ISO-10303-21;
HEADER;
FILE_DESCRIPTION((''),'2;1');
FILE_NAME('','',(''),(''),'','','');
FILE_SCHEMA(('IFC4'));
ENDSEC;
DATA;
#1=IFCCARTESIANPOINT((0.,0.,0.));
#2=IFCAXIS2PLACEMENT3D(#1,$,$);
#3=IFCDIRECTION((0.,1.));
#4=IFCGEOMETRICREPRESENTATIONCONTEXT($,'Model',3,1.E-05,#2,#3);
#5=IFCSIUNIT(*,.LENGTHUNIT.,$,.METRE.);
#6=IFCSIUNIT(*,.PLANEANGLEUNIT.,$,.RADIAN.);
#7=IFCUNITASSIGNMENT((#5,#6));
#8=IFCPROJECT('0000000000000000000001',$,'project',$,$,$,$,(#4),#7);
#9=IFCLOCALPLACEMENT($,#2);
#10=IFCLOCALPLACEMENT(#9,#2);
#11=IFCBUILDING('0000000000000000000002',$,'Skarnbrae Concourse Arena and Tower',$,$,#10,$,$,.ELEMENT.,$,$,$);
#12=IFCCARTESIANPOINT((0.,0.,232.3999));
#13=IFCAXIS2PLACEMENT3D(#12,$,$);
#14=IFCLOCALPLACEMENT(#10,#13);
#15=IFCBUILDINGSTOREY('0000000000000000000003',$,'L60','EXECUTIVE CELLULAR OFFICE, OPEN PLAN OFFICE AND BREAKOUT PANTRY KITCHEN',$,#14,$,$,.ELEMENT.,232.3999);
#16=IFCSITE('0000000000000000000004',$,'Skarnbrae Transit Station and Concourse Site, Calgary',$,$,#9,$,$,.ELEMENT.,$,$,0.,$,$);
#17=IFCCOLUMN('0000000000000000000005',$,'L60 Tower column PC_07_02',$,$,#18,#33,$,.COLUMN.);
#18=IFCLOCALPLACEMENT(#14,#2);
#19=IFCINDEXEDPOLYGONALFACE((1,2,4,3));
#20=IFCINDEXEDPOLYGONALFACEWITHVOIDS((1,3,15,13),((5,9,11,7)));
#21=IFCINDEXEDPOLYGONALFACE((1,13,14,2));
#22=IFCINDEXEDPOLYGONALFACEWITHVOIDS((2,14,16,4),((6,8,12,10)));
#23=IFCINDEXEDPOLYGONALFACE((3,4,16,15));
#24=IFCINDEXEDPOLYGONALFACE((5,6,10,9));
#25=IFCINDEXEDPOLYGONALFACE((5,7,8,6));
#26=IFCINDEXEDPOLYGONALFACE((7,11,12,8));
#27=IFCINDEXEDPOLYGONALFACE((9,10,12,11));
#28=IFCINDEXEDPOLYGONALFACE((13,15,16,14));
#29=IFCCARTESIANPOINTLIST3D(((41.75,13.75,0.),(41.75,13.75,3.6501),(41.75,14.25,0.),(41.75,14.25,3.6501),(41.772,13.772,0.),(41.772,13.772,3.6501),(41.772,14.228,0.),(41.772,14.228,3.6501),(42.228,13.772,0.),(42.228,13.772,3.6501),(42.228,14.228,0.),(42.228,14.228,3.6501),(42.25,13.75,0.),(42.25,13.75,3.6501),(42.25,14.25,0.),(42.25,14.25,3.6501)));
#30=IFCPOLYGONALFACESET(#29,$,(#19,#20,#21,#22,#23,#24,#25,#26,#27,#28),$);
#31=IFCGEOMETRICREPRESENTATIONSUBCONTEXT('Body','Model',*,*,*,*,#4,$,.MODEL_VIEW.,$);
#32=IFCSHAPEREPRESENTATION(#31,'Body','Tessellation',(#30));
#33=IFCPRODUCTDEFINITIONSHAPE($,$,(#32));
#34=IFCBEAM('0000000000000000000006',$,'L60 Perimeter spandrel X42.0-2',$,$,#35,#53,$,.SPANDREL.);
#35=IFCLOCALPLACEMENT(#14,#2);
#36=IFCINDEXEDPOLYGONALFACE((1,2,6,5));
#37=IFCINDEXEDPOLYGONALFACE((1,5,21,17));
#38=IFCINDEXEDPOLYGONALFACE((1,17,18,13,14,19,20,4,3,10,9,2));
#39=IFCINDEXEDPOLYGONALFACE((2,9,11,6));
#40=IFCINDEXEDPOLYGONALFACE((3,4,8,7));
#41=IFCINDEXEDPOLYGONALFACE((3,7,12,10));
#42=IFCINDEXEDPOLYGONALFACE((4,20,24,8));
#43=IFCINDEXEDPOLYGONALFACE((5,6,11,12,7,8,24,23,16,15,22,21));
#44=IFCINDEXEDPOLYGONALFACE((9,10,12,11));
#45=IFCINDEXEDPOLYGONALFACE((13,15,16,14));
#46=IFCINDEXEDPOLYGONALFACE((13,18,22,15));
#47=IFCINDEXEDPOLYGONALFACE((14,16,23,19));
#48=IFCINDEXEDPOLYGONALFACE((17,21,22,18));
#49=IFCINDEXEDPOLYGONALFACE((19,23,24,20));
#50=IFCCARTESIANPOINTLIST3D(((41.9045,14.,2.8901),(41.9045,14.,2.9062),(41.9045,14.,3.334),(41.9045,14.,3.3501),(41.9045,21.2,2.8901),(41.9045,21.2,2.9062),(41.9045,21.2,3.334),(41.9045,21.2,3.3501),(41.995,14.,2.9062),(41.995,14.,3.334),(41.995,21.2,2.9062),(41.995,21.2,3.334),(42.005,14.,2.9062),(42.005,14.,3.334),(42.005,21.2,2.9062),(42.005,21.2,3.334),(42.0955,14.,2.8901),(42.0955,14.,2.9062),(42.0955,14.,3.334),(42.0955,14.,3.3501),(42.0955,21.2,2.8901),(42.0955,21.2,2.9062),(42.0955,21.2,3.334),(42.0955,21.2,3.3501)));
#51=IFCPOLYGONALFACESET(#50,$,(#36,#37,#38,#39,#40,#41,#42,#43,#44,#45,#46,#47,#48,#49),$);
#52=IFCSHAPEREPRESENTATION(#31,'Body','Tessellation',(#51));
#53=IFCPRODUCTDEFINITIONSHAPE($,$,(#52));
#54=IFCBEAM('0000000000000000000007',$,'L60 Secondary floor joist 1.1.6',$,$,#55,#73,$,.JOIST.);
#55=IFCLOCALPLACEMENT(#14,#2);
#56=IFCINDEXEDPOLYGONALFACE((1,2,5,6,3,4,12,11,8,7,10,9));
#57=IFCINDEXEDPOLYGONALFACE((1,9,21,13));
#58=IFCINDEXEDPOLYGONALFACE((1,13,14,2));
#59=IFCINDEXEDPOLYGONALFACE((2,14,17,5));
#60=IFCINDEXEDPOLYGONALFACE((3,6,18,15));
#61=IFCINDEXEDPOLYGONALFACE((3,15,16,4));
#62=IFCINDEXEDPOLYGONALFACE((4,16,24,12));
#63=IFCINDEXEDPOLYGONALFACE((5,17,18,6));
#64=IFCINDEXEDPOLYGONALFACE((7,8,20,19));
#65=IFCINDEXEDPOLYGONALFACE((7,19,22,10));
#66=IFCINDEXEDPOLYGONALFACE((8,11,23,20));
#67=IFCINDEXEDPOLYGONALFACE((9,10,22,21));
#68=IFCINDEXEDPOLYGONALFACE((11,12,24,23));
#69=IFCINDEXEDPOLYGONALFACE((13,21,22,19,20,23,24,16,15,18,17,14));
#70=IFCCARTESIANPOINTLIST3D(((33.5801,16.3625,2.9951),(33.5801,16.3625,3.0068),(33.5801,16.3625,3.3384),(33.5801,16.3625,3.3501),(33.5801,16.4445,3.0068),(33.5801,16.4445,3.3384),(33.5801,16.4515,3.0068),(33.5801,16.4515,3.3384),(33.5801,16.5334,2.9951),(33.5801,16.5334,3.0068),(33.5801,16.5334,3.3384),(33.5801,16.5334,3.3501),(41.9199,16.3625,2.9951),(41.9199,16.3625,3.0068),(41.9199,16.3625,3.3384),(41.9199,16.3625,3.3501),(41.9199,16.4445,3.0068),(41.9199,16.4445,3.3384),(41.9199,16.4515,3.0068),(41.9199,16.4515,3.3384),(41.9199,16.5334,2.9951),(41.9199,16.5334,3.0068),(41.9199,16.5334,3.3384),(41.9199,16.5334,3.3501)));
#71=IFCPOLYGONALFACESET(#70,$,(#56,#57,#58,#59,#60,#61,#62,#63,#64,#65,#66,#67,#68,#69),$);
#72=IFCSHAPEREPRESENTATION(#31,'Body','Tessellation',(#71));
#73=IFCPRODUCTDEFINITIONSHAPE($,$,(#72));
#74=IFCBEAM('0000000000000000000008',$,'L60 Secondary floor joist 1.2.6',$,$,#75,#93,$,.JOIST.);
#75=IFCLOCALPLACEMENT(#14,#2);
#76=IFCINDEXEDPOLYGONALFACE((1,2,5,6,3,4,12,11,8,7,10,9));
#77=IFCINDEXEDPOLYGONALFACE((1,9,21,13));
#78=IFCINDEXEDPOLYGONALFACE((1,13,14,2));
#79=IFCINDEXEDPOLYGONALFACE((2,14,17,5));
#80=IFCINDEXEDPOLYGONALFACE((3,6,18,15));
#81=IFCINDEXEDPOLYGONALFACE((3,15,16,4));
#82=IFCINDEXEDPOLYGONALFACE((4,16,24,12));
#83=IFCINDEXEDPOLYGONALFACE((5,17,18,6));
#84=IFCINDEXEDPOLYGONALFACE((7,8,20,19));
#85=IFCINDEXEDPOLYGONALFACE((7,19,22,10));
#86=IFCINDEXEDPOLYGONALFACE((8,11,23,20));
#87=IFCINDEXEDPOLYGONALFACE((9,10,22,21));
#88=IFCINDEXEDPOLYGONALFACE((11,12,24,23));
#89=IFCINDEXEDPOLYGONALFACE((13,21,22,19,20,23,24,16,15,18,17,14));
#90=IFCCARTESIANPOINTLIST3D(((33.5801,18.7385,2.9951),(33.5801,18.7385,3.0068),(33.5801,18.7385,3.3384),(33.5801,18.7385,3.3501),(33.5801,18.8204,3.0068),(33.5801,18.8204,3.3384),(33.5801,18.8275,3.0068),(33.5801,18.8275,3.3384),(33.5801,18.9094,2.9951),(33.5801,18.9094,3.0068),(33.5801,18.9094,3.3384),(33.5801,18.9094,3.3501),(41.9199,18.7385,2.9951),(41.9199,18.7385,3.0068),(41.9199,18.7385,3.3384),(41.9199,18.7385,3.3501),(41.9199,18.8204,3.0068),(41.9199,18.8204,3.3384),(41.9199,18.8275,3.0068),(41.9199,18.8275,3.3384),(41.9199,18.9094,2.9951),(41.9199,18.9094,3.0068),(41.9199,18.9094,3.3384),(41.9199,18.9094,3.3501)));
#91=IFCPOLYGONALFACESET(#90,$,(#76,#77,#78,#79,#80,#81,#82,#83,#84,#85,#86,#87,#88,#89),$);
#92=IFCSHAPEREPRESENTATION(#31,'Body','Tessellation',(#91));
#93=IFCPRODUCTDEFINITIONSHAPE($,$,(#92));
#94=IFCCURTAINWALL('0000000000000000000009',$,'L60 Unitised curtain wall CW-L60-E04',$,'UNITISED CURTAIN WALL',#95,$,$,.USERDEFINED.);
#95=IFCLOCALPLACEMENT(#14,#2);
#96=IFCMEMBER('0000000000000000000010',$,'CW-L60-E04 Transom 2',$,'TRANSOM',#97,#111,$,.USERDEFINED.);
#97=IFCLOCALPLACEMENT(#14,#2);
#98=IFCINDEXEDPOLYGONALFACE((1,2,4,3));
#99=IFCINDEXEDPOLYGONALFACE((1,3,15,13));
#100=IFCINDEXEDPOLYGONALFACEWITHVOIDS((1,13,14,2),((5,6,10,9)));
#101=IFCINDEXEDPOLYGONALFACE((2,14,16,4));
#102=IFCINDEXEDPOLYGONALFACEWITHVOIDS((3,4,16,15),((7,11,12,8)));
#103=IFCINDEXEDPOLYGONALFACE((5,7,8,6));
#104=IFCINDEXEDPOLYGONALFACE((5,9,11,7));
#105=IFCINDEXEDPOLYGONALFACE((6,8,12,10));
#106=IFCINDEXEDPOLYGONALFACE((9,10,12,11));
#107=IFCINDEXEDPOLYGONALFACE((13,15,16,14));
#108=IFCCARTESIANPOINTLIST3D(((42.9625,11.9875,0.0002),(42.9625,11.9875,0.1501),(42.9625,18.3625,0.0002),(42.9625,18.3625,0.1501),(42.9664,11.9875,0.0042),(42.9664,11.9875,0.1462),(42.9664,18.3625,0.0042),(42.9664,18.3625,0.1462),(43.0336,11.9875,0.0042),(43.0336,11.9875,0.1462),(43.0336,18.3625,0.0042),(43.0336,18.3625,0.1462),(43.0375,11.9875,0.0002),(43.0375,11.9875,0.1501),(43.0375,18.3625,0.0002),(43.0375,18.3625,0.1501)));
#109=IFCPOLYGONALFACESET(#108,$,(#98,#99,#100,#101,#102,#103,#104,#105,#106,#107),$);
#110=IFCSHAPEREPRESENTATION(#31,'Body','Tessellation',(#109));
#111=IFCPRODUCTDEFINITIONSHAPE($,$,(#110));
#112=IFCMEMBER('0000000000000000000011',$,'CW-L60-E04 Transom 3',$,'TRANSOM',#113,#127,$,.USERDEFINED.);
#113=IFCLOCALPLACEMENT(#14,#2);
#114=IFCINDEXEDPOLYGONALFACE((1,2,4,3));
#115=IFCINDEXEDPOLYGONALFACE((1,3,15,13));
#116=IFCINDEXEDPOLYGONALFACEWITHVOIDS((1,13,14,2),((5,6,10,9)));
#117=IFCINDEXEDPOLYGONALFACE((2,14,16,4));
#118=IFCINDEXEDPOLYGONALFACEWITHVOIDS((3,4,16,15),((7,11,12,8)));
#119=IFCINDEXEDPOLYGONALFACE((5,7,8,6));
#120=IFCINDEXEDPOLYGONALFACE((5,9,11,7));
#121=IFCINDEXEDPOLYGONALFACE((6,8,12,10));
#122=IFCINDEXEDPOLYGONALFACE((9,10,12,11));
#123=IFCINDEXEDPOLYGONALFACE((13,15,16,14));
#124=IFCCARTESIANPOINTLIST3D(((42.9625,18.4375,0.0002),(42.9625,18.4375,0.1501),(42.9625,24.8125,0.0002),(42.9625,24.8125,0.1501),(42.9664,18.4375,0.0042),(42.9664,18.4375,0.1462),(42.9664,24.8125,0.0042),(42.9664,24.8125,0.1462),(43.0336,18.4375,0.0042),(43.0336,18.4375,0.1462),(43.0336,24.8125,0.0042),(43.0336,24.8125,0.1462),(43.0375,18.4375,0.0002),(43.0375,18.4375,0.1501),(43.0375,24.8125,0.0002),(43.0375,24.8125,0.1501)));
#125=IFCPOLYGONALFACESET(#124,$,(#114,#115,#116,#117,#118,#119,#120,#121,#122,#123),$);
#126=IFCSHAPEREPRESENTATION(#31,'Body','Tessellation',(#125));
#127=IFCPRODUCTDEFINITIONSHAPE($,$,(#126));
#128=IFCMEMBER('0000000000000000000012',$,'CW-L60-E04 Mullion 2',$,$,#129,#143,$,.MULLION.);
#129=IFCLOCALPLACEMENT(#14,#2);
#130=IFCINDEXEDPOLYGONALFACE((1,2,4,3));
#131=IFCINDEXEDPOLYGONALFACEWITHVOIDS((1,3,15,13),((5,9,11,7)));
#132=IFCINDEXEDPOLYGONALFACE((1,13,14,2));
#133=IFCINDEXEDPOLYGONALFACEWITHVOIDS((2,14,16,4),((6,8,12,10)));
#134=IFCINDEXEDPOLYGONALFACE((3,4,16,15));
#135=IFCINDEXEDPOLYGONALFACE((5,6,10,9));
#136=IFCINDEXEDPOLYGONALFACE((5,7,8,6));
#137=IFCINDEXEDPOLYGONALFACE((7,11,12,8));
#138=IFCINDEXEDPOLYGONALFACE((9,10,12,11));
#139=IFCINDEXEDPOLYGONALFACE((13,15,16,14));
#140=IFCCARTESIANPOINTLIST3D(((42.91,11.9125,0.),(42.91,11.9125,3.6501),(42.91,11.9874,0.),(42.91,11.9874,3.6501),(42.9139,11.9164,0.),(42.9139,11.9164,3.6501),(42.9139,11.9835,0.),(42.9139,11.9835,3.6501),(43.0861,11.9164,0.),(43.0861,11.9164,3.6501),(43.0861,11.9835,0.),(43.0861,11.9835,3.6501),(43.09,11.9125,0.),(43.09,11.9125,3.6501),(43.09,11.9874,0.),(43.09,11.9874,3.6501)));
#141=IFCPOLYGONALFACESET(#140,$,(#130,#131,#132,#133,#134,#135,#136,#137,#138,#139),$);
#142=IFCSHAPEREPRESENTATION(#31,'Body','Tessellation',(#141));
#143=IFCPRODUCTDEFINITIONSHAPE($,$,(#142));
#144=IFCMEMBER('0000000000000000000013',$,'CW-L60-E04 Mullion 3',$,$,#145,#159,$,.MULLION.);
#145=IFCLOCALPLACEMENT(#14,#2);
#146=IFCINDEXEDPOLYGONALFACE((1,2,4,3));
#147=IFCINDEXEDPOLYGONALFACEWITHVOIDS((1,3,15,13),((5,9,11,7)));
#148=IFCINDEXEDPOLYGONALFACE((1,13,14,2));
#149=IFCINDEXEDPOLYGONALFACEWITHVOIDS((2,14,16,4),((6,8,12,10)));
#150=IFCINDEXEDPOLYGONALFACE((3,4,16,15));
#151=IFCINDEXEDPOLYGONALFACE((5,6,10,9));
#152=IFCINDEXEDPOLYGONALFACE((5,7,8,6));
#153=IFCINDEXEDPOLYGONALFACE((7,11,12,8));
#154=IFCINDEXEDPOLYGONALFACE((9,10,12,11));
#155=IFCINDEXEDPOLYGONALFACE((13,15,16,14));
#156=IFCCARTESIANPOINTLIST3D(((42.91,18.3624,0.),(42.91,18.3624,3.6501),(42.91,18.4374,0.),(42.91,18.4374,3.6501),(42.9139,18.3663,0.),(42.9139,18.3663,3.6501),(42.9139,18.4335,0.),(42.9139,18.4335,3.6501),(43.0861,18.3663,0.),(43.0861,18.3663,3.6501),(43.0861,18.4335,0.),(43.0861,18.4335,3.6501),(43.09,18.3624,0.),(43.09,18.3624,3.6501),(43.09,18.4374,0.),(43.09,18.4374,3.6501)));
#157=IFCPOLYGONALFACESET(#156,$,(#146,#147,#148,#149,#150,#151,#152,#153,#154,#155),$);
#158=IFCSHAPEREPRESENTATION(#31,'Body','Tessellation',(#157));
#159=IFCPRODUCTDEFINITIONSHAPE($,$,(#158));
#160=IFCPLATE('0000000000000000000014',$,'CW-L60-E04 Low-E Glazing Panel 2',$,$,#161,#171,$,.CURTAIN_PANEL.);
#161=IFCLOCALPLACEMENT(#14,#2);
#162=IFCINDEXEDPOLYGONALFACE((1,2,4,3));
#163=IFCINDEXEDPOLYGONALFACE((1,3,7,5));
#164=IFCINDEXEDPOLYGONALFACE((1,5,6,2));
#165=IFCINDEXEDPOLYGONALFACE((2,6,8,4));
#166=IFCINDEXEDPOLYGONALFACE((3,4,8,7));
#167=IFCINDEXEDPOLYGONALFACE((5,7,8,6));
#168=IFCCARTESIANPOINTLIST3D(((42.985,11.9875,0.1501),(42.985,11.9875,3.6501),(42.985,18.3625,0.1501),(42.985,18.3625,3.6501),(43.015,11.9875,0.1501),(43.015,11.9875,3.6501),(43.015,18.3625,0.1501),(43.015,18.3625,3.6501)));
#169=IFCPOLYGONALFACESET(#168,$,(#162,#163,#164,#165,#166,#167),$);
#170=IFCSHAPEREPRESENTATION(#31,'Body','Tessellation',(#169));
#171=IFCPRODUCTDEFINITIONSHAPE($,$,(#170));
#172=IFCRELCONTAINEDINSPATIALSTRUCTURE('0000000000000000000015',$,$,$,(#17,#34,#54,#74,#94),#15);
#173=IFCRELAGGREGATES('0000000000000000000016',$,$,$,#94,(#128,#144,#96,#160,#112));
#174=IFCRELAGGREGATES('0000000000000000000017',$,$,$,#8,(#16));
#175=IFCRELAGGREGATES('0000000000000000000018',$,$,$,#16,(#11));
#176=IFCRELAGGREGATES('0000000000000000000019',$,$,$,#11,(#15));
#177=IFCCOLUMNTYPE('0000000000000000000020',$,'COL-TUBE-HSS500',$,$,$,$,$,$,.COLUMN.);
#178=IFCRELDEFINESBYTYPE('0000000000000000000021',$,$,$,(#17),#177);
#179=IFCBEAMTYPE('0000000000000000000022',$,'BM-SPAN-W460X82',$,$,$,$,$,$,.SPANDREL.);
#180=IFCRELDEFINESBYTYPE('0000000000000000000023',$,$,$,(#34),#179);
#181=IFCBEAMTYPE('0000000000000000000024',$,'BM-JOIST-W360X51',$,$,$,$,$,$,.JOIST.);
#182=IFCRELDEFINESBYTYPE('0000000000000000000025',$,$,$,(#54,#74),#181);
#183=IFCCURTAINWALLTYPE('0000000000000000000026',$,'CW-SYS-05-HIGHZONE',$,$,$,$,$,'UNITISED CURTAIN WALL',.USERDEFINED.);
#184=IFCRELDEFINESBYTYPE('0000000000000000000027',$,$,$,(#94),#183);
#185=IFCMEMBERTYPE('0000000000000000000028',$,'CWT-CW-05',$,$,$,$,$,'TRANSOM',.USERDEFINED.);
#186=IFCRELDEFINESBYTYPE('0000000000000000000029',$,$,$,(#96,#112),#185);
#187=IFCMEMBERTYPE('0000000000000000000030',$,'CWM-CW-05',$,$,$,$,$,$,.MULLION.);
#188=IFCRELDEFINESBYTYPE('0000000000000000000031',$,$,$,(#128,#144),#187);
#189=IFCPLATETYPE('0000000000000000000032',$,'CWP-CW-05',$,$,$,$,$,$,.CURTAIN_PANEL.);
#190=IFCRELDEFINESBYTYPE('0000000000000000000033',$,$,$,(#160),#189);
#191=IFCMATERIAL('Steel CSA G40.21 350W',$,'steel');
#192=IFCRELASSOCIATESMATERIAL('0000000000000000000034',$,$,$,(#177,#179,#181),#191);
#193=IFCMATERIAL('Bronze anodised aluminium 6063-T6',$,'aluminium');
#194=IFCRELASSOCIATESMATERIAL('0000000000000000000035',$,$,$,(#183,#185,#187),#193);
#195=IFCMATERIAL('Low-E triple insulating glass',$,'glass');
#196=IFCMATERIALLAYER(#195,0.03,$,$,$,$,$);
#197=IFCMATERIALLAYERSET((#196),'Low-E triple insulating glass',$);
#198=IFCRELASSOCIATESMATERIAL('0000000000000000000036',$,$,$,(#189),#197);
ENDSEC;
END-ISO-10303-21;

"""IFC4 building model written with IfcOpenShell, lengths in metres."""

from ifc_helpers import new_model, si_unit, direction, frame, origin, origin_2d, place, context, subcontext, project, spatial, rectangle, hollow_rectangle, i_section, extrude, source, transform, mapped, material, layer, layer_set, material_profile, profile_set, type_object, element, aggregate, save


model = new_model("IFC4")

# Units and contexts
model_context = context("Model", 3, precision=1e-05, world=origin(), true_north=direction((0.0, 1.0)))
body_context = subcontext(model_context, "Body", "Model", "MODEL_VIEW")
ifc_project = project(units=[si_unit("LENGTHUNIT", "METRE"), si_unit("PLANEANGLEUNIT", "RADIAN")], contexts=[model_context])

# Site, building, storey
site_placement = place(None, origin())
site = spatial("IfcSite", under=ifc_project, at=site_placement, Name="Skarnbrae Transit Station and Concourse Site, Calgary", CompositionType="ELEMENT", RefElevation=0.0)
building_placement = place(site_placement, origin())
building = spatial("IfcBuilding", under=site, at=building_placement, Name="Skarnbrae Concourse Arena and Tower", CompositionType="ELEMENT")
storey_placement = place(building_placement, frame((0.0, 0.0, 232.3999)))
storey = spatial("IfcBuildingStorey", under=building, at=storey_placement, Name="L60", Description="EXECUTIVE CELLULAR OFFICE, OPEN PLAN OFFICE AND BREAKOUT PANTRY KITCHEN", CompositionType="ELEMENT", Elevation=232.3999)

# Column
ifc_material_1 = material(Name="Steel CSA G40.21 350W", Category="steel")
ifc_material_profile_1 = material_profile(ifc_material_1, hollow_rectangle(XDim=0.5, YDim=0.5, WallThickness=0.022, at=origin_2d()), Name="HSS500X500X22.0")
ifc_profile_set_1 = profile_set([ifc_material_profile_1], Name="Steel CSA G40.21 350W")
column_type = type_object("IfcColumnType", Name="COL-TUBE-HSS500", PredefinedType="COLUMN", material=ifc_profile_set_1)
shared_shape_1 = source(origin(), body_context, "Body", "SweptSolid", [
    extrude(hollow_rectangle(XDim=0.5, YDim=0.5, WallThickness=0.022, at=origin_2d()), origin(), (0.0, 0.0, 1.0), 3.6501),
])
column_placement = place(storey_placement, frame((42.0, 14.0, 0.0), z_axis=(0.0, 0.0, 1.0), x_axis=(1.0, 0.0, 0.0)))
element("IfcColumn", 1, at=column_placement, inside=storey, type_object=column_type, Name="L60 Tower column PC_07_02", PredefinedType="COLUMN", context=body_context, shape_type="MappedRepresentation", body=[
    mapped(shared_shape_1, transform((0.0, 0.0, 0.0))),
])

# Beams
ifc_material_profile_2 = material_profile(ifc_material_1, i_section(OverallWidth=0.1909, OverallDepth=0.46, WebThickness=0.01, FlangeThickness=0.0161, at=origin_2d()), Name="W460X82")
ifc_profile_set_2 = profile_set([ifc_material_profile_2], Name="Steel CSA G40.21 350W")
beam_type_1 = type_object("IfcBeamType", Name="BM-SPAN-W460X82", PredefinedType="SPANDREL", material=ifc_profile_set_2)
shared_shape_2 = source(origin(), body_context, "Body", "SweptSolid", [
    extrude(i_section(OverallWidth=0.1909, OverallDepth=0.46, WebThickness=0.01, FlangeThickness=0.0161, at=origin_2d()), origin(), (0.0, 0.0, 1.0), 7.2),
])
beam_placement = place(storey_placement, frame((42.0, 14.0, 3.1201), z_axis=(0.0, 1.0, 0.0), x_axis=(-1.0, 0.0, 0.0)))
element("IfcBeam", 2, at=beam_placement, inside=storey, type_object=beam_type_1, Name="L60 Perimeter spandrel X42.0-2", PredefinedType="SPANDREL", context=body_context, shape_type="MappedRepresentation", body=[
    mapped(shared_shape_2, transform((0.0, 0.0, 0.0))),
])
ifc_material_profile_3 = material_profile(ifc_material_1, i_section(OverallWidth=0.1709, OverallDepth=0.355, WebThickness=0.0071, FlangeThickness=0.0117, at=origin_2d()), Name="W360X51")
ifc_profile_set_3 = profile_set([ifc_material_profile_3], Name="Steel CSA G40.21 350W")
beam_type_2 = type_object("IfcBeamType", Name="BM-JOIST-W360X51", PredefinedType="JOIST", material=ifc_profile_set_3)
shared_shape_3 = source(origin(), body_context, "Body", "SweptSolid", [
    extrude(i_section(OverallWidth=0.1709, OverallDepth=0.355, WebThickness=0.0071, FlangeThickness=0.0117, at=origin_2d()), origin(), (0.0, 0.0, 1.0), 8.3398),
])
for number, where, z_axis, x_axis, name in (
    (3, (33.5801, 16.448, 3.1726), (1.0, 0.0, 0.0), (0.0, 1.0, 0.0), "L60 Secondary floor joist 1.1.6"),
    (4, (33.5801, 18.824, 3.1726), (1.0, 0.0, 0.0), (0.0, 1.0, 0.0), "L60 Secondary floor joist 1.2.6"),
):
    element("IfcBeam", number, at=place(storey_placement, frame(where, z_axis=z_axis, x_axis=x_axis)), inside=storey, type_object=beam_type_2, Name=name, PredefinedType="JOIST", context=body_context, shape_type="MappedRepresentation", body=[
        mapped(shared_shape_3, transform((0.0, 0.0, 0.0))),
    ])

# Curtain wall, members, plate
ifc_material_2 = material(Name="Bronze anodised aluminium 6063-T6", Category="aluminium")
curtain_wall_type = type_object("IfcCurtainWallType", Name="CW-SYS-05-HIGHZONE", ElementType="UNITISED CURTAIN WALL", PredefinedType="USERDEFINED", material=ifc_material_2)
curtain_wall_placement = place(storey_placement, origin())
curtain_wall = element("IfcCurtainWall", 5, at=curtain_wall_placement, inside=storey, type_object=curtain_wall_type, Name="L60 Unitised curtain wall CW-L60-E04", ObjectType="UNITISED CURTAIN WALL", PredefinedType="USERDEFINED")
ifc_material_profile_4 = material_profile(ifc_material_2, hollow_rectangle(XDim=0.075, YDim=0.1499, WallThickness=0.0039, at=origin_2d()), Name="ALU-TRAN-75X150")
ifc_profile_set_4 = profile_set([ifc_material_profile_4], Name="Bronze anodised aluminium 6063-T6")
member_type_1 = type_object("IfcMemberType", Name="CWT-CW-05", ElementType="TRANSOM", PredefinedType="USERDEFINED", material=ifc_profile_set_4)
shared_shape_4 = source(origin(), body_context, "Body", "SweptSolid", [
    extrude(hollow_rectangle(XDim=0.075, YDim=0.1499, WallThickness=0.0039, at=origin_2d()), origin(), (0.0, 0.0, 1.0), 6.375),
])
member_1_placement = place(storey_placement, frame((43.0, 11.9875, 0.0752), z_axis=(0.0, 1.0, 0.0), x_axis=(-1.0, 0.0, 0.0)))
member_1 = element("IfcMember", 6, at=member_1_placement, type_object=member_type_1, Name="CW-L60-E04 Transom 2", ObjectType="TRANSOM", PredefinedType="USERDEFINED", context=body_context, shape_type="MappedRepresentation", body=[
    mapped(shared_shape_4, transform((0.0, 0.0, 0.0))),
])
member_2_placement = place(storey_placement, frame((43.0, 18.4375, 0.0752), z_axis=(0.0, 1.0, 0.0), x_axis=(-1.0, 0.0, 0.0)))
member_2 = element("IfcMember", 7, at=member_2_placement, type_object=member_type_1, Name="CW-L60-E04 Transom 3", ObjectType="TRANSOM", PredefinedType="USERDEFINED", context=body_context, shape_type="MappedRepresentation", body=[
    mapped(shared_shape_4, transform((0.0, 0.0, 0.0))),
])
ifc_material_profile_5 = material_profile(ifc_material_2, hollow_rectangle(XDim=0.075, YDim=0.1799, WallThickness=0.0039, at=origin_2d()), Name="ALU-MULL-75X180")
ifc_profile_set_5 = profile_set([ifc_material_profile_5], Name="Bronze anodised aluminium 6063-T6")
member_type_2 = type_object("IfcMemberType", Name="CWM-CW-05", PredefinedType="MULLION", material=ifc_profile_set_5)
shared_shape_5 = source(origin(), body_context, "Body", "SweptSolid", [
    extrude(hollow_rectangle(XDim=0.075, YDim=0.1799, WallThickness=0.0039, at=origin_2d()), origin(), (0.0, 0.0, 1.0), 3.6501),
])
member_3_placement = place(storey_placement, frame((43.0, 11.95, 0.0), z_axis=(0.0, 0.0, 1.0), x_axis=(0.0, 1.0, 0.0)))
member_3 = element("IfcMember", 8, at=member_3_placement, type_object=member_type_2, Name="CW-L60-E04 Mullion 2", PredefinedType="MULLION", context=body_context, shape_type="MappedRepresentation", body=[
    mapped(shared_shape_5, transform((0.0, 0.0, 0.0))),
])
member_4_placement = place(storey_placement, frame((43.0, 18.3999, 0.0), z_axis=(0.0, 0.0, 1.0), x_axis=(0.0, 1.0, 0.0)))
member_4 = element("IfcMember", 9, at=member_4_placement, type_object=member_type_2, Name="CW-L60-E04 Mullion 3", PredefinedType="MULLION", context=body_context, shape_type="MappedRepresentation", body=[
    mapped(shared_shape_5, transform((0.0, 0.0, 0.0))),
])
ifc_material_3 = material(Name="Low-E triple insulating glass", Category="glass")
ifc_layer_1 = layer(ifc_material_3, 0.03)
ifc_layer_set_1 = layer_set([ifc_layer_1], Name="Low-E triple insulating glass")
plate_type = type_object("IfcPlateType", Name="CWP-CW-05", PredefinedType="CURTAIN_PANEL", material=ifc_layer_set_1)
shared_shape_6 = source(origin(), body_context, "Body", "SweptSolid", [
    extrude(rectangle(XDim=6.375, YDim=0.03, at=origin_2d()), origin(), (0.0, 0.0, 1.0), 3.5),
])
plate_placement = place(storey_placement, frame((43.0, 15.175, 0.1501), z_axis=(0.0, 0.0, 1.0), x_axis=(0.0, 1.0, 0.0)))
plate = element("IfcPlate", 10, at=plate_placement, type_object=plate_type, Name="CW-L60-E04 Low-E Glazing Panel 2", PredefinedType="CURTAIN_PANEL", context=body_context, shape_type="MappedRepresentation", body=[
    mapped(shared_shape_6, transform((0.0, 0.0, 0.0))),
])
aggregate(curtain_wall, [member_3, member_4, member_1, plate, member_2])

save(model, "model.ifc")
